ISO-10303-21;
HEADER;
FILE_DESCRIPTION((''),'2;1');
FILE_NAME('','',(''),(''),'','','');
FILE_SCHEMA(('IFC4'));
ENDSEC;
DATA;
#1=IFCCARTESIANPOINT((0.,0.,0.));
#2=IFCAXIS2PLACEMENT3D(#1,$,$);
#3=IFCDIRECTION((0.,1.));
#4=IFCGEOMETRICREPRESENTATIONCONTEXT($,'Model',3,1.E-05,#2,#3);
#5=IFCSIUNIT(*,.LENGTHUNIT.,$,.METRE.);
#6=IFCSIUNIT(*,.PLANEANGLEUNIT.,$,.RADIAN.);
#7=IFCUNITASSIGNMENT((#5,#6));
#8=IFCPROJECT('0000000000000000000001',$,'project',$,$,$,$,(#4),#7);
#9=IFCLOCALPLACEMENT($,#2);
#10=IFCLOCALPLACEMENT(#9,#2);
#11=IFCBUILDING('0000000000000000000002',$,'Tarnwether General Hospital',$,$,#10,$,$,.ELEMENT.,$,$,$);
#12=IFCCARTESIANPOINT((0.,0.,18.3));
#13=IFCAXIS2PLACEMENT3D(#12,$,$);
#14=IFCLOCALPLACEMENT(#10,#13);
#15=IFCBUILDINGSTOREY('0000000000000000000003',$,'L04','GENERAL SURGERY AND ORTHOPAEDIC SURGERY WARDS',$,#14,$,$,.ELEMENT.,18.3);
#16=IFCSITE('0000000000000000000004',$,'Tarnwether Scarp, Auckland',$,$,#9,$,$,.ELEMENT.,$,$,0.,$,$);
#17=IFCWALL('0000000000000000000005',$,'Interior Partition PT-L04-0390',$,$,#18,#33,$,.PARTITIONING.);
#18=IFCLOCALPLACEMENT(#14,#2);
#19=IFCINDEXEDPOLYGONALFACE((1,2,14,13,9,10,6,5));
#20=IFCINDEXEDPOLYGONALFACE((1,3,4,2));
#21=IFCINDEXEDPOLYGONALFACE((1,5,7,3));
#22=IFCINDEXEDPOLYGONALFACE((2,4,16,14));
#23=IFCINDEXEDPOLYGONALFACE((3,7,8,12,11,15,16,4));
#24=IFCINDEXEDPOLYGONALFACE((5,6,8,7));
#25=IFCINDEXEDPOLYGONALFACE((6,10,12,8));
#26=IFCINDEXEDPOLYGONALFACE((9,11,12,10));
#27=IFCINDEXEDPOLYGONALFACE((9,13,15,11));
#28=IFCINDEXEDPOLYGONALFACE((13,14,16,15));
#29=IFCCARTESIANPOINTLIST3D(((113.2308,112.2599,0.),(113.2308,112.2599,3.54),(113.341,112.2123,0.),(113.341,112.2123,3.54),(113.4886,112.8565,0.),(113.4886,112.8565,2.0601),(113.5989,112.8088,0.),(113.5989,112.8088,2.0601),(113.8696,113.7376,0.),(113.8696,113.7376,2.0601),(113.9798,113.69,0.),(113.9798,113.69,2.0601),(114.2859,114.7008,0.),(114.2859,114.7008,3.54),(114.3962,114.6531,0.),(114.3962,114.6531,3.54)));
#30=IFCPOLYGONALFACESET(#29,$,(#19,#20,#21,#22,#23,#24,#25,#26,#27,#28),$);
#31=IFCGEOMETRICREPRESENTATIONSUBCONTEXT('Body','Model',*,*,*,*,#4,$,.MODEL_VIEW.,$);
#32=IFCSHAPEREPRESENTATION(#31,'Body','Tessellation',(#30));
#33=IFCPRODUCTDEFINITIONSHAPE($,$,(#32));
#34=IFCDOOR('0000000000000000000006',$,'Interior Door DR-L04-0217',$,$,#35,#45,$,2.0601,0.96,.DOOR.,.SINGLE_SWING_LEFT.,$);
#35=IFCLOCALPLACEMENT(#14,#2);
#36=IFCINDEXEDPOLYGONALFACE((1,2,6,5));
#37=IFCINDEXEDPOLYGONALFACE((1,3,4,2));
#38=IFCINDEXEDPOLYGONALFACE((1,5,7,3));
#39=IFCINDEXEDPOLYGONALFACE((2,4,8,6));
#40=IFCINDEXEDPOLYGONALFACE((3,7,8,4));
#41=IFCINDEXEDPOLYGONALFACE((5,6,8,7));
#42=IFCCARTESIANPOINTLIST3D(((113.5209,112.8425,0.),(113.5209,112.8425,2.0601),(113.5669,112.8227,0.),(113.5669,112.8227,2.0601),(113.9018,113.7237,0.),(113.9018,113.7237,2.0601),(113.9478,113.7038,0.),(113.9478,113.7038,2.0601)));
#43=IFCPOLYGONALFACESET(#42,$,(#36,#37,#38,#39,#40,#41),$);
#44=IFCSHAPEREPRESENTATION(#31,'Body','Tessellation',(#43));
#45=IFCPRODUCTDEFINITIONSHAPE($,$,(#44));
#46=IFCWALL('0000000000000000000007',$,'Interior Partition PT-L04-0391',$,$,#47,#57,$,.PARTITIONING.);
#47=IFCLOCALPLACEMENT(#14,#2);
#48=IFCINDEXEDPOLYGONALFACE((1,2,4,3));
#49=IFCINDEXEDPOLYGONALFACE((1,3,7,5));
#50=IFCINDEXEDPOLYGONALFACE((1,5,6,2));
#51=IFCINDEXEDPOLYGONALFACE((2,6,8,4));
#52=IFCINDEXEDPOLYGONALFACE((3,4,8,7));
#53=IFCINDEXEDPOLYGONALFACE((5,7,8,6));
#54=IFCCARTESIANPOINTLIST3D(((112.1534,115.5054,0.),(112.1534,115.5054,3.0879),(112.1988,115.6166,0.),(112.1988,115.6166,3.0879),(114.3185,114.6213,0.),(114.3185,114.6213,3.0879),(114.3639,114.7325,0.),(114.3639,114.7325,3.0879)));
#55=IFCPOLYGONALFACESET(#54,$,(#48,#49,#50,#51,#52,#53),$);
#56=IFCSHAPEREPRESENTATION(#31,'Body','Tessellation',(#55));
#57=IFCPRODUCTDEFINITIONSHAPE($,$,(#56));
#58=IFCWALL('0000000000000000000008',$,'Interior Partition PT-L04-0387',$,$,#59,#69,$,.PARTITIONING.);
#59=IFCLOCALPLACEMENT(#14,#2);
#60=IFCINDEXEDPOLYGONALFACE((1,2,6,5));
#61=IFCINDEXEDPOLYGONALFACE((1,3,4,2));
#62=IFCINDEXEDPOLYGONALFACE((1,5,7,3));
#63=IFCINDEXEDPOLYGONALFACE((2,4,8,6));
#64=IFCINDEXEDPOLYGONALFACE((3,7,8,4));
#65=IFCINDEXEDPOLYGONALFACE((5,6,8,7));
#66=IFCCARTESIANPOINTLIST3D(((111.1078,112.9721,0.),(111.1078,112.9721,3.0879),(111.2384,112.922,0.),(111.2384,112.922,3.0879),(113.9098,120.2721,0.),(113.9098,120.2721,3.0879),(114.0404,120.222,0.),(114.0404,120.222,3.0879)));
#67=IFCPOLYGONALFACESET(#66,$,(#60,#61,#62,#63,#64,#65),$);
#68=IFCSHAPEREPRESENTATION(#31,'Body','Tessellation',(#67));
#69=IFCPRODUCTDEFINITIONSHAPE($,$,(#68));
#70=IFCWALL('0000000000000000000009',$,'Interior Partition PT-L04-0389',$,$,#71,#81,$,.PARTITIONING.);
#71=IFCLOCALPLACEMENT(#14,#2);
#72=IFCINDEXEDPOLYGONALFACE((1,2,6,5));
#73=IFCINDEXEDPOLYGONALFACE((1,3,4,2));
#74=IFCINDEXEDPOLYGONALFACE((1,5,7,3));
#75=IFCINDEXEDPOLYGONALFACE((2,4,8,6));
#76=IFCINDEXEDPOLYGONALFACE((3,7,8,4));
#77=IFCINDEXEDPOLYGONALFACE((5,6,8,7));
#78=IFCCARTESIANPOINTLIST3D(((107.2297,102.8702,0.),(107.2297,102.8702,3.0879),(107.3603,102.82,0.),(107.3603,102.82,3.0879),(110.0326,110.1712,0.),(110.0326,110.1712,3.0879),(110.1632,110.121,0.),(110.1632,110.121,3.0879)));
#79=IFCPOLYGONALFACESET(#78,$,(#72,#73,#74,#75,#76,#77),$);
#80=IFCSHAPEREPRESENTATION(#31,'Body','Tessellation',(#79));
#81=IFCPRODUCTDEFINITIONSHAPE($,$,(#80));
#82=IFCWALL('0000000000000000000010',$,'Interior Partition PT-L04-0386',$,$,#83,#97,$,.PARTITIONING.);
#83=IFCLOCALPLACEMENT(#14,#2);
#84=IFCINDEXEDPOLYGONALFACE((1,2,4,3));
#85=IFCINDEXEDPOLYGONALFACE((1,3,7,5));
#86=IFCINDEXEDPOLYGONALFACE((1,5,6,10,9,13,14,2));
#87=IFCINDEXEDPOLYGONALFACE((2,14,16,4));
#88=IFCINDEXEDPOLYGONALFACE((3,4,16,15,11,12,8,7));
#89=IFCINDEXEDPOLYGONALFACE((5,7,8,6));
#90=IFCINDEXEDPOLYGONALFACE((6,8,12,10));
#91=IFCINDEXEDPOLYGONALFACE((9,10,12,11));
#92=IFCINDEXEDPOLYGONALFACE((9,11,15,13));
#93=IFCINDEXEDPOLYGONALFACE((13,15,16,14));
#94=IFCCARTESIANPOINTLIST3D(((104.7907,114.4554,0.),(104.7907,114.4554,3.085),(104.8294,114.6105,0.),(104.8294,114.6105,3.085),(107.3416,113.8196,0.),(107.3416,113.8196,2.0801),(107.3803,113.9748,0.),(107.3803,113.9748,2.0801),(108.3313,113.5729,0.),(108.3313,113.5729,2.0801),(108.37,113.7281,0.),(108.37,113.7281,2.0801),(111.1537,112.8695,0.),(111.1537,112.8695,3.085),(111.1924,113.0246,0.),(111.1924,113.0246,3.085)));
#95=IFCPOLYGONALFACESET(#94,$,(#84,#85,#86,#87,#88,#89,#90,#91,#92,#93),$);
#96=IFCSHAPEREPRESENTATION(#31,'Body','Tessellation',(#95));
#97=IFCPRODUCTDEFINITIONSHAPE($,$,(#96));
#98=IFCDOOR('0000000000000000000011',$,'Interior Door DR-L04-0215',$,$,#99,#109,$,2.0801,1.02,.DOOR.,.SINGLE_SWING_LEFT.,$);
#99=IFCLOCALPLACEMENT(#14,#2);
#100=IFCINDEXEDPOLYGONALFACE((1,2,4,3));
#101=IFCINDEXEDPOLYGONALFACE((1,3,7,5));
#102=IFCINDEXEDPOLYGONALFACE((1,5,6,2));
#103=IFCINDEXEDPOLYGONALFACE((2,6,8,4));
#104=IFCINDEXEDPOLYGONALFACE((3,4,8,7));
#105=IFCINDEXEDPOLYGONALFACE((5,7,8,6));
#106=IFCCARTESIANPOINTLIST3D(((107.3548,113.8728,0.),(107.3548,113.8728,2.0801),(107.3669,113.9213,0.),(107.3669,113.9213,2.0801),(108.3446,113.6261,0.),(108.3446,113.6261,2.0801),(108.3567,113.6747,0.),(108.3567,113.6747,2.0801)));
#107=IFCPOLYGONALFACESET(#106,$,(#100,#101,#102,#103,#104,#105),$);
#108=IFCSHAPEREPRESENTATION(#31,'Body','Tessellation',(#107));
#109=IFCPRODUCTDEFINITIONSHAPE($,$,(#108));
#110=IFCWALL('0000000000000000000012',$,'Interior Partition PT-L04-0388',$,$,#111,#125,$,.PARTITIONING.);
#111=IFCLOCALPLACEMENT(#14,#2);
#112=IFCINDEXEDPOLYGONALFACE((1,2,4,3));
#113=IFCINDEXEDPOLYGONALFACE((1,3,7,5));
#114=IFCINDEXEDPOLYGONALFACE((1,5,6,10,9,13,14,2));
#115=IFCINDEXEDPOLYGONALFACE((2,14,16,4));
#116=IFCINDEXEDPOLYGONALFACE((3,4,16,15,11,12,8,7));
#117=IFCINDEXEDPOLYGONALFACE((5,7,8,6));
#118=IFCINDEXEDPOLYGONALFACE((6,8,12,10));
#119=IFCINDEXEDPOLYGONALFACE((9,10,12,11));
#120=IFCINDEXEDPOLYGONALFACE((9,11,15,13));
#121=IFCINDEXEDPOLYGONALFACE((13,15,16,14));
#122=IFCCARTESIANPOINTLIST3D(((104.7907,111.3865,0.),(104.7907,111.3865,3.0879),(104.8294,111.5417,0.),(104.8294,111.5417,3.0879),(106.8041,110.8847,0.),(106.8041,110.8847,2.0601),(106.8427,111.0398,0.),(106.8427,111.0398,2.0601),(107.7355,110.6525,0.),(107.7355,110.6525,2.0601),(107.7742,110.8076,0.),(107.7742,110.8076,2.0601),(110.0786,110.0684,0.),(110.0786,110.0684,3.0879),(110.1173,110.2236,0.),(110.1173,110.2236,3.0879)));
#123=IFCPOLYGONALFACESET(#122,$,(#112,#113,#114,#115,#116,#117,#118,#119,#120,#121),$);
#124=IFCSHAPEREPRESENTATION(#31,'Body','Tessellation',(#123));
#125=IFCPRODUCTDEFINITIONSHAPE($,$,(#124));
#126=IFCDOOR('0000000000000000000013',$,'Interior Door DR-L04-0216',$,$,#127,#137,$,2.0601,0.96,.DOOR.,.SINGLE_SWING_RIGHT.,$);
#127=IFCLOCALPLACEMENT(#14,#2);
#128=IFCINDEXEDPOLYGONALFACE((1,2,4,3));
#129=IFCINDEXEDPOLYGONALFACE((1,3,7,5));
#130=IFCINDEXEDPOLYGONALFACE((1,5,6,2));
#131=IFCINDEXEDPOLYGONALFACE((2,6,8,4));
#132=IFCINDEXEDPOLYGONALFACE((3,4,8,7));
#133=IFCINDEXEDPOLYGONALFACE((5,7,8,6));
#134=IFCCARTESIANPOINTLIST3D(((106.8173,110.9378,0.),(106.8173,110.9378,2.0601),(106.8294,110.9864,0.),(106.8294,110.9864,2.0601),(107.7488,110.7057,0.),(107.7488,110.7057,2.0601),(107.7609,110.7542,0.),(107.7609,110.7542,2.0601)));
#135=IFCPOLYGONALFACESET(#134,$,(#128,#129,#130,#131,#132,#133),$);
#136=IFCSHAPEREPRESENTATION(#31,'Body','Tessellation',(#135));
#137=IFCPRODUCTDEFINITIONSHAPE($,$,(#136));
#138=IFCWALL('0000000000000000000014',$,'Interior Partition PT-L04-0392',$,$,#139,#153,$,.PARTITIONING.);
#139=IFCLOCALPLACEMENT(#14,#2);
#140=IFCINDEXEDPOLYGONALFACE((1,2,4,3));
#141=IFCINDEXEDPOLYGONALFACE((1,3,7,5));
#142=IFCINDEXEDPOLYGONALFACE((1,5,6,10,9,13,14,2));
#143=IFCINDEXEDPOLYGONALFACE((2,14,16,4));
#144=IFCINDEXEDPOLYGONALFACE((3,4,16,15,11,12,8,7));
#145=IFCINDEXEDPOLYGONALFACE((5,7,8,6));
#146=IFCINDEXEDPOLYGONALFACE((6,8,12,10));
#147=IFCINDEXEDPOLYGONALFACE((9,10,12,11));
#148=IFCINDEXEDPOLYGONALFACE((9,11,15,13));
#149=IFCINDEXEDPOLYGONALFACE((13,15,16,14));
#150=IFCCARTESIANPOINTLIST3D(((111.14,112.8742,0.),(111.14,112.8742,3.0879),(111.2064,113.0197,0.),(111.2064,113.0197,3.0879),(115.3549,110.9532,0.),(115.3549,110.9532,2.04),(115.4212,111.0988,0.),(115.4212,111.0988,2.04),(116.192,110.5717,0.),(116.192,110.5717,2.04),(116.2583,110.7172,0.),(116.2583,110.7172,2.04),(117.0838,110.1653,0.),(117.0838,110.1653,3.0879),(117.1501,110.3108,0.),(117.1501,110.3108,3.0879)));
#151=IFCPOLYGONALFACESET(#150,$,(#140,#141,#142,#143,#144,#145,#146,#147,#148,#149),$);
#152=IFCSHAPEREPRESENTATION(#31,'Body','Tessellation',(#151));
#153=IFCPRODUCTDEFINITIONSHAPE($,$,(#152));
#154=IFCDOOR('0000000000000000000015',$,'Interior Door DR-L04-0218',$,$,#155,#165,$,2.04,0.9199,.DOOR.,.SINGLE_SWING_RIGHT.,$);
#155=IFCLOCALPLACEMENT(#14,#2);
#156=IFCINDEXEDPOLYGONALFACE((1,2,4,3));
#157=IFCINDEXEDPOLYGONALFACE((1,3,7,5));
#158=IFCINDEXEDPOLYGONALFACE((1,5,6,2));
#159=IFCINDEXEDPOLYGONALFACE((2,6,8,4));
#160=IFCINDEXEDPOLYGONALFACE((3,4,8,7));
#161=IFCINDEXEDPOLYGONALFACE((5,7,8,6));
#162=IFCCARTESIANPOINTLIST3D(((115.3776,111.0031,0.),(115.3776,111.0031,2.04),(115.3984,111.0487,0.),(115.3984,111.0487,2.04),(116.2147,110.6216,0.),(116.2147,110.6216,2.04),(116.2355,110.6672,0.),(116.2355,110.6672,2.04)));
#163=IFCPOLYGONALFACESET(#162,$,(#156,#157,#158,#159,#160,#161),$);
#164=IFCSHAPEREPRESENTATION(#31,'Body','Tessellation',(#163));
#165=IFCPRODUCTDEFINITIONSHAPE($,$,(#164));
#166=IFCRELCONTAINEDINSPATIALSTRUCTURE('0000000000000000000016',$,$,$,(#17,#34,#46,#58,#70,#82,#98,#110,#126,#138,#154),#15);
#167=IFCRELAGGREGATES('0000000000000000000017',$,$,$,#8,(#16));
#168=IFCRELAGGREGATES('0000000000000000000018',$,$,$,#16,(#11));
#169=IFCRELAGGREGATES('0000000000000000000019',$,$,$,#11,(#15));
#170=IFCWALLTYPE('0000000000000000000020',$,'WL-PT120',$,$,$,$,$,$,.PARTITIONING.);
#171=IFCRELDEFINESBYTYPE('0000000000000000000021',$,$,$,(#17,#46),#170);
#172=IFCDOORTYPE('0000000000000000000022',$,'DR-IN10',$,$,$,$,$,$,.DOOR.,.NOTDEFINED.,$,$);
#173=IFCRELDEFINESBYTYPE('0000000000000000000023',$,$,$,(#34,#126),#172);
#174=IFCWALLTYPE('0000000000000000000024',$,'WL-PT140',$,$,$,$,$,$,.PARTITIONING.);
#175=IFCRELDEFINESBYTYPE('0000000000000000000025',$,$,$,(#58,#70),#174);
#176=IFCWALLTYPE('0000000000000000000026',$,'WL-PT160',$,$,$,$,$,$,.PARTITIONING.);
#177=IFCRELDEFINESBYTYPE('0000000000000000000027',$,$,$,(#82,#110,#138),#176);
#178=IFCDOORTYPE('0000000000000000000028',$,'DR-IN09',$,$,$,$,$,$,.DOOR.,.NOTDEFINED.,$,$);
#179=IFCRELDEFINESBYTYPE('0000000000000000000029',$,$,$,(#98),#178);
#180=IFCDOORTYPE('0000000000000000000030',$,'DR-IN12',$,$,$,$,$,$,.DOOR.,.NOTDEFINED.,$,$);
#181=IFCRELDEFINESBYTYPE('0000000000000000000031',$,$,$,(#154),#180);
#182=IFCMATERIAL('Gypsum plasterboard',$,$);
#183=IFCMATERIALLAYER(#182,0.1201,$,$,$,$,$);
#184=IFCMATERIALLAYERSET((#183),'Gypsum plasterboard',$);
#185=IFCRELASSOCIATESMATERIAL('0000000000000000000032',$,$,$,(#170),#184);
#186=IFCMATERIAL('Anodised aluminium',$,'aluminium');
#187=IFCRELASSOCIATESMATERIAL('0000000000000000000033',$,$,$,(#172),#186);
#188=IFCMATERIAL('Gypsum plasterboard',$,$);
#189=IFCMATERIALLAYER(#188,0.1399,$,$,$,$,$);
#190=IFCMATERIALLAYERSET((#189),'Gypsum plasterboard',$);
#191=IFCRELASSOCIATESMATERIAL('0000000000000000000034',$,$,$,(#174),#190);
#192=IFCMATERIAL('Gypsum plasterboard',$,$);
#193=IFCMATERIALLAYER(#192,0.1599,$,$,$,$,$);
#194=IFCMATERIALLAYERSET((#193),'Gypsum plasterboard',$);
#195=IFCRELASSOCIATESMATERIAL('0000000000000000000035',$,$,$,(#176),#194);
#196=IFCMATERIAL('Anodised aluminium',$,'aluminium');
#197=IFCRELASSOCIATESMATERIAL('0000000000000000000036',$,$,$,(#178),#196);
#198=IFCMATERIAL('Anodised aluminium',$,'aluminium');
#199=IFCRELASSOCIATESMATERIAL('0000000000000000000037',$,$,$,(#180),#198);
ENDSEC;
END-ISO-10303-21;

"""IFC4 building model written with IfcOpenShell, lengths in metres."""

from ifc_helpers import new_model, si_unit, direction, frame, frame_2d, origin, place, context, subcontext, project, spatial, rectangle, extrude, material, layer, layer_set, type_object, element, fill, save


model = new_model("IFC4")

# Units and contexts
model_context = context("Model", 3, precision=1e-05, world=origin(), true_north=direction((0.0, 1.0)))
body_context = subcontext(model_context, "Body", "Model", "MODEL_VIEW")
ifc_project = project(units=[si_unit("LENGTHUNIT", "METRE"), si_unit("PLANEANGLEUNIT", "RADIAN")], contexts=[model_context])

# Site, building, storey
site_placement = place(None, origin())
site = spatial("IfcSite", under=ifc_project, at=site_placement, Name="Tarnwether Scarp, Auckland", CompositionType="ELEMENT", RefElevation=0.0)
building_placement = place(site_placement, origin())
building = spatial("IfcBuilding", under=site, at=building_placement, Name="Tarnwether General Hospital", CompositionType="ELEMENT")
storey_placement = place(building_placement, frame((0.0, 0.0, 18.3)))
storey = spatial("IfcBuildingStorey", under=building, at=storey_placement, Name="L04", Description="GENERAL SURGERY AND ORTHOPAEDIC SURGERY WARDS", CompositionType="ELEMENT", Elevation=18.3)

# Wall, opening, door
ifc_material_1 = material(Name="Gypsum plasterboard")
ifc_layer_1 = layer(ifc_material_1, 0.1201)
ifc_layer_set_1 = layer_set([ifc_layer_1], Name="Gypsum plasterboard")
wall_type_1 = type_object("IfcWallType", Name="WL-PT120", PredefinedType="PARTITIONING", material=ifc_layer_set_1)
wall_1_placement = place(storey_placement, frame((113.2859, 112.2361, 0.0), z_axis=(0.0, 0.0, 1.0), x_axis=(0.396798, 0.917906, 0.0)))
wall_1 = element("IfcWall", 1, at=wall_1_placement, inside=storey, type_object=wall_type_1, Name="Interior Partition PT-L04-0390", PredefinedType="PARTITIONING", context=body_context, shape_type="SweptSolid", body=[
    extrude(rectangle(XDim=2.6592, YDim=0.1201, at=frame_2d((1.3296, 0.0))), origin(), (0.0, 0.0, 1.0), 3.54),
])
opening_1_placement = place(wall_1_placement, frame((0.6499, 0.0, 0.0)))
opening_1 = element("IfcOpeningElement", 2, at=opening_1_placement, cuts=wall_1, PredefinedType="OPENING", context=body_context, shape_type="SweptSolid", body=[
    extrude(rectangle(XDim=0.96, YDim=2.0601, at=frame_2d((0.48, 1.03))), frame((0.0, 0.0701, 0.0), z_axis=(0.0, -1.0, 0.0), x_axis=(1.0, 0.0, 0.0)), (0.0, 0.0, 1.0), 0.1401),
])
ifc_material_2 = material(Name="Anodised aluminium", Category="aluminium")
door_type_1 = type_object("IfcDoorType", Name="DR-IN10", OperationType="NOTDEFINED", PredefinedType="DOOR", material=ifc_material_2)
door_1_placement = place(opening_1_placement, origin())
door_1 = element("IfcDoor", 3, at=door_1_placement, inside=storey, type_object=door_type_1, Name="Interior Door DR-L04-0217", OperationType="SINGLE_SWING_LEFT", OverallHeight=2.0601, OverallWidth=0.96, PredefinedType="DOOR", context=body_context, shape_type="SweptSolid", body=[
    extrude(rectangle(XDim=0.96, YDim=2.0601, at=frame_2d((0.48, 1.03))), frame((0.0, 0.0249, 0.0), z_axis=(0.0, -1.0, 0.0), x_axis=(1.0, 0.0, 0.0)), (0.0, 0.0, 1.0), 0.05),
])
fill(opening_1, door_1)

# Walls
wall_2_placement = place(storey_placement, frame((112.176, 115.561, 0.0), z_axis=(0.0, 0.0, 1.0), x_axis=(0.925796, -0.378023, 0.0)))
element("IfcWall", 4, at=wall_2_placement, inside=storey, type_object=wall_type_1, Name="Interior Partition PT-L04-0391", PredefinedType="PARTITIONING", context=body_context, shape_type="SweptSolid", body=[
    extrude(rectangle(XDim=2.3386, YDim=0.1201, at=frame_2d((1.1694, 0.0))), origin(), (0.0, 0.0, 1.0), 3.0879),
])
ifc_material_3 = material(Name="Gypsum plasterboard")
ifc_layer_2 = layer(ifc_material_3, 0.1399)
ifc_layer_set_2 = layer_set([ifc_layer_2], Name="Gypsum plasterboard")
wall_type_2 = type_object("IfcWallType", Name="WL-PT140", PredefinedType="PARTITIONING", material=ifc_layer_set_2)
wall_3_placement = place(storey_placement, frame((111.1731, 112.947, 0.0), z_axis=(0.0, 0.0, 1.0), x_axis=(0.358343, 0.93359, 0.0)))
element("IfcWall", 5, at=wall_3_placement, inside=storey, type_object=wall_type_2, Name="Interior Partition PT-L04-0387", PredefinedType="PARTITIONING", context=body_context, shape_type="SweptSolid", body=[
    extrude(rectangle(XDim=7.8193, YDim=0.1399, at=frame_2d((3.9097, 0.0))), origin(), (0.0, 0.0, 1.0), 3.0879),
])
wall_4_placement = place(storey_placement, frame((110.0979, 110.146, 0.0), z_axis=(0.0, 0.0, 1.0), x_axis=(-0.35841, -0.933564, 0.0)))
element("IfcWall", 6, at=wall_4_placement, inside=storey, type_object=wall_type_2, Name="Interior Partition PT-L04-0389", PredefinedType="PARTITIONING", context=body_context, shape_type="SweptSolid", body=[
    extrude(rectangle(XDim=7.8206, YDim=0.1399, at=frame_2d((3.9102, 0.0))), origin(), (0.0, 0.0, 1.0), 3.0879),
])

# Walls, openings, doors
ifc_material_4 = material(Name="Gypsum plasterboard")
ifc_layer_3 = layer(ifc_material_4, 0.1599)
ifc_layer_set_3 = layer_set([ifc_layer_3], Name="Gypsum plasterboard")
wall_type_3 = type_object("IfcWallType", Name="WL-PT160", PredefinedType="PARTITIONING", material=ifc_layer_set_3)
wall_5_placement = place(storey_placement, frame((104.8101, 114.533, 0.0), z_axis=(0.0, 0.0, 1.0), x_axis=(0.970315, -0.241844, 0.0)))
wall_5 = element("IfcWall", 7, at=wall_5_placement, inside=storey, type_object=wall_type_3, Name="Interior Partition PT-L04-0386", PredefinedType="PARTITIONING", context=body_context, shape_type="SweptSolid", body=[
    extrude(rectangle(XDim=6.5576, YDim=0.1599, at=frame_2d((3.2788, 0.0))), origin(), (0.0, 0.0, 1.0), 3.085),
])
opening_2_placement = place(wall_5_placement, frame((2.6289, 0.0, 0.0)))
opening_2 = element("IfcOpeningElement", 8, at=opening_2_placement, cuts=wall_5, PredefinedType="OPENING", context=body_context, shape_type="SweptSolid", body=[
    extrude(rectangle(XDim=1.02, YDim=2.0801, at=frame_2d((0.51, 1.04))), frame((0.0, 0.0898, 0.0), z_axis=(0.0, -1.0, 0.0), x_axis=(1.0, 0.0, 0.0)), (0.0, 0.0, 1.0), 0.1799),
])
ifc_material_5 = material(Name="Anodised aluminium", Category="aluminium")
door_type_2 = type_object("IfcDoorType", Name="DR-IN09", OperationType="NOTDEFINED", PredefinedType="DOOR", material=ifc_material_5)
door_2_placement = place(opening_2_placement, origin())
door_2 = element("IfcDoor", 9, at=door_2_placement, inside=storey, type_object=door_type_2, Name="Interior Door DR-L04-0215", OperationType="SINGLE_SWING_LEFT", OverallHeight=2.0801, OverallWidth=1.02, PredefinedType="DOOR", context=body_context, shape_type="SweptSolid", body=[
    extrude(rectangle(XDim=1.02, YDim=2.0801, at=frame_2d((0.51, 1.04))), frame((0.0, 0.0249, 0.0), z_axis=(0.0, -1.0, 0.0), x_axis=(1.0, 0.0, 0.0)), (0.0, 0.0, 1.0), 0.05),
])
fill(opening_2, door_2)
wall_6_placement = place(storey_placement, frame((104.8101, 111.4641, 0.0), z_axis=(0.0, 0.0, 1.0), x_axis=(0.970308, -0.241871, 0.0)))
wall_6 = element("IfcWall", 10, at=wall_6_placement, inside=storey, type_object=wall_type_3, Name="Interior Partition PT-L04-0388", PredefinedType="PARTITIONING", context=body_context, shape_type="SweptSolid", body=[
    extrude(rectangle(XDim=5.4497, YDim=0.1599, at=frame_2d((2.7249, 0.0))), origin(), (0.0, 0.0, 1.0), 3.0879),
])
opening_3_placement = place(wall_6_placement, frame((2.075, 0.0, 0.0)))
opening_3 = element("IfcOpeningElement", 11, at=opening_3_placement, cuts=wall_6, PredefinedType="OPENING", context=body_context, shape_type="SweptSolid", body=[
    extrude(rectangle(XDim=0.96, YDim=2.0601, at=frame_2d((0.48, 1.03))), frame((0.0, 0.0898, 0.0), z_axis=(0.0, -1.0, 0.0), x_axis=(1.0, 0.0, 0.0)), (0.0, 0.0, 1.0), 0.1799),
])
door_3_placement = place(opening_3_placement, origin())
door_3 = element("IfcDoor", 12, at=door_3_placement, inside=storey, type_object=door_type_1, Name="Interior Door DR-L04-0216", OperationType="SINGLE_SWING_RIGHT", OverallHeight=2.0601, OverallWidth=0.96, PredefinedType="DOOR", context=body_context, shape_type="SweptSolid", body=[
    extrude(rectangle(XDim=0.96, YDim=2.0601, at=frame_2d((0.48, 1.03))), frame((0.0, 0.0249, 0.0), z_axis=(0.0, -1.0, 0.0), x_axis=(1.0, 0.0, 0.0)), (0.0, 0.0, 1.0), 0.05),
])
fill(opening_3, door_3)
wall_7_placement = place(storey_placement, frame((111.1731, 112.947, 0.0), z_axis=(0.0, 0.0, 1.0), x_axis=(0.909949, -0.414721, 0.0)))
wall_7 = element("IfcWall", 13, at=wall_7_placement, inside=storey, type_object=wall_type_3, Name="Interior Partition PT-L04-0392", PredefinedType="PARTITIONING", context=body_context, shape_type="SweptSolid", body=[
    extrude(rectangle(XDim=6.532, YDim=0.1599, at=frame_2d((3.2661, 0.0))), origin(), (0.0, 0.0, 1.0), 3.0879),
])
opening_4_placement = place(wall_7_placement, frame((4.6321, 0.0, 0.0)))
opening_4 = element("IfcOpeningElement", 14, at=opening_4_placement, cuts=wall_7, PredefinedType="OPENING", context=body_context, shape_type="SweptSolid", body=[
    extrude(rectangle(XDim=0.9199, YDim=2.04, at=frame_2d((0.46, 1.02))), frame((0.0, 0.0898, 0.0), z_axis=(0.0, -1.0, 0.0), x_axis=(1.0, 0.0, 0.0)), (0.0, 0.0, 1.0), 0.1799),
])
ifc_material_6 = material(Name="Anodised aluminium", Category="aluminium")
door_type_3 = type_object("IfcDoorType", Name="DR-IN12", OperationType="NOTDEFINED", PredefinedType="DOOR", material=ifc_material_6)
door_4_placement = place(opening_4_placement, origin())
door_4 = element("IfcDoor", 15, at=door_4_placement, inside=storey, type_object=door_type_3, Name="Interior Door DR-L04-0218", OperationType="SINGLE_SWING_RIGHT", OverallHeight=2.04, OverallWidth=0.9199, PredefinedType="DOOR", context=body_context, shape_type="SweptSolid", body=[
    extrude(rectangle(XDim=0.9199, YDim=2.04, at=frame_2d((0.46, 1.02))), frame((0.0, 0.0249, 0.0), z_axis=(0.0, -1.0, 0.0), x_axis=(1.0, 0.0, 0.0)), (0.0, 0.0, 1.0), 0.05),
])
fill(opening_4, door_4)

save(model, "model.ifc")
